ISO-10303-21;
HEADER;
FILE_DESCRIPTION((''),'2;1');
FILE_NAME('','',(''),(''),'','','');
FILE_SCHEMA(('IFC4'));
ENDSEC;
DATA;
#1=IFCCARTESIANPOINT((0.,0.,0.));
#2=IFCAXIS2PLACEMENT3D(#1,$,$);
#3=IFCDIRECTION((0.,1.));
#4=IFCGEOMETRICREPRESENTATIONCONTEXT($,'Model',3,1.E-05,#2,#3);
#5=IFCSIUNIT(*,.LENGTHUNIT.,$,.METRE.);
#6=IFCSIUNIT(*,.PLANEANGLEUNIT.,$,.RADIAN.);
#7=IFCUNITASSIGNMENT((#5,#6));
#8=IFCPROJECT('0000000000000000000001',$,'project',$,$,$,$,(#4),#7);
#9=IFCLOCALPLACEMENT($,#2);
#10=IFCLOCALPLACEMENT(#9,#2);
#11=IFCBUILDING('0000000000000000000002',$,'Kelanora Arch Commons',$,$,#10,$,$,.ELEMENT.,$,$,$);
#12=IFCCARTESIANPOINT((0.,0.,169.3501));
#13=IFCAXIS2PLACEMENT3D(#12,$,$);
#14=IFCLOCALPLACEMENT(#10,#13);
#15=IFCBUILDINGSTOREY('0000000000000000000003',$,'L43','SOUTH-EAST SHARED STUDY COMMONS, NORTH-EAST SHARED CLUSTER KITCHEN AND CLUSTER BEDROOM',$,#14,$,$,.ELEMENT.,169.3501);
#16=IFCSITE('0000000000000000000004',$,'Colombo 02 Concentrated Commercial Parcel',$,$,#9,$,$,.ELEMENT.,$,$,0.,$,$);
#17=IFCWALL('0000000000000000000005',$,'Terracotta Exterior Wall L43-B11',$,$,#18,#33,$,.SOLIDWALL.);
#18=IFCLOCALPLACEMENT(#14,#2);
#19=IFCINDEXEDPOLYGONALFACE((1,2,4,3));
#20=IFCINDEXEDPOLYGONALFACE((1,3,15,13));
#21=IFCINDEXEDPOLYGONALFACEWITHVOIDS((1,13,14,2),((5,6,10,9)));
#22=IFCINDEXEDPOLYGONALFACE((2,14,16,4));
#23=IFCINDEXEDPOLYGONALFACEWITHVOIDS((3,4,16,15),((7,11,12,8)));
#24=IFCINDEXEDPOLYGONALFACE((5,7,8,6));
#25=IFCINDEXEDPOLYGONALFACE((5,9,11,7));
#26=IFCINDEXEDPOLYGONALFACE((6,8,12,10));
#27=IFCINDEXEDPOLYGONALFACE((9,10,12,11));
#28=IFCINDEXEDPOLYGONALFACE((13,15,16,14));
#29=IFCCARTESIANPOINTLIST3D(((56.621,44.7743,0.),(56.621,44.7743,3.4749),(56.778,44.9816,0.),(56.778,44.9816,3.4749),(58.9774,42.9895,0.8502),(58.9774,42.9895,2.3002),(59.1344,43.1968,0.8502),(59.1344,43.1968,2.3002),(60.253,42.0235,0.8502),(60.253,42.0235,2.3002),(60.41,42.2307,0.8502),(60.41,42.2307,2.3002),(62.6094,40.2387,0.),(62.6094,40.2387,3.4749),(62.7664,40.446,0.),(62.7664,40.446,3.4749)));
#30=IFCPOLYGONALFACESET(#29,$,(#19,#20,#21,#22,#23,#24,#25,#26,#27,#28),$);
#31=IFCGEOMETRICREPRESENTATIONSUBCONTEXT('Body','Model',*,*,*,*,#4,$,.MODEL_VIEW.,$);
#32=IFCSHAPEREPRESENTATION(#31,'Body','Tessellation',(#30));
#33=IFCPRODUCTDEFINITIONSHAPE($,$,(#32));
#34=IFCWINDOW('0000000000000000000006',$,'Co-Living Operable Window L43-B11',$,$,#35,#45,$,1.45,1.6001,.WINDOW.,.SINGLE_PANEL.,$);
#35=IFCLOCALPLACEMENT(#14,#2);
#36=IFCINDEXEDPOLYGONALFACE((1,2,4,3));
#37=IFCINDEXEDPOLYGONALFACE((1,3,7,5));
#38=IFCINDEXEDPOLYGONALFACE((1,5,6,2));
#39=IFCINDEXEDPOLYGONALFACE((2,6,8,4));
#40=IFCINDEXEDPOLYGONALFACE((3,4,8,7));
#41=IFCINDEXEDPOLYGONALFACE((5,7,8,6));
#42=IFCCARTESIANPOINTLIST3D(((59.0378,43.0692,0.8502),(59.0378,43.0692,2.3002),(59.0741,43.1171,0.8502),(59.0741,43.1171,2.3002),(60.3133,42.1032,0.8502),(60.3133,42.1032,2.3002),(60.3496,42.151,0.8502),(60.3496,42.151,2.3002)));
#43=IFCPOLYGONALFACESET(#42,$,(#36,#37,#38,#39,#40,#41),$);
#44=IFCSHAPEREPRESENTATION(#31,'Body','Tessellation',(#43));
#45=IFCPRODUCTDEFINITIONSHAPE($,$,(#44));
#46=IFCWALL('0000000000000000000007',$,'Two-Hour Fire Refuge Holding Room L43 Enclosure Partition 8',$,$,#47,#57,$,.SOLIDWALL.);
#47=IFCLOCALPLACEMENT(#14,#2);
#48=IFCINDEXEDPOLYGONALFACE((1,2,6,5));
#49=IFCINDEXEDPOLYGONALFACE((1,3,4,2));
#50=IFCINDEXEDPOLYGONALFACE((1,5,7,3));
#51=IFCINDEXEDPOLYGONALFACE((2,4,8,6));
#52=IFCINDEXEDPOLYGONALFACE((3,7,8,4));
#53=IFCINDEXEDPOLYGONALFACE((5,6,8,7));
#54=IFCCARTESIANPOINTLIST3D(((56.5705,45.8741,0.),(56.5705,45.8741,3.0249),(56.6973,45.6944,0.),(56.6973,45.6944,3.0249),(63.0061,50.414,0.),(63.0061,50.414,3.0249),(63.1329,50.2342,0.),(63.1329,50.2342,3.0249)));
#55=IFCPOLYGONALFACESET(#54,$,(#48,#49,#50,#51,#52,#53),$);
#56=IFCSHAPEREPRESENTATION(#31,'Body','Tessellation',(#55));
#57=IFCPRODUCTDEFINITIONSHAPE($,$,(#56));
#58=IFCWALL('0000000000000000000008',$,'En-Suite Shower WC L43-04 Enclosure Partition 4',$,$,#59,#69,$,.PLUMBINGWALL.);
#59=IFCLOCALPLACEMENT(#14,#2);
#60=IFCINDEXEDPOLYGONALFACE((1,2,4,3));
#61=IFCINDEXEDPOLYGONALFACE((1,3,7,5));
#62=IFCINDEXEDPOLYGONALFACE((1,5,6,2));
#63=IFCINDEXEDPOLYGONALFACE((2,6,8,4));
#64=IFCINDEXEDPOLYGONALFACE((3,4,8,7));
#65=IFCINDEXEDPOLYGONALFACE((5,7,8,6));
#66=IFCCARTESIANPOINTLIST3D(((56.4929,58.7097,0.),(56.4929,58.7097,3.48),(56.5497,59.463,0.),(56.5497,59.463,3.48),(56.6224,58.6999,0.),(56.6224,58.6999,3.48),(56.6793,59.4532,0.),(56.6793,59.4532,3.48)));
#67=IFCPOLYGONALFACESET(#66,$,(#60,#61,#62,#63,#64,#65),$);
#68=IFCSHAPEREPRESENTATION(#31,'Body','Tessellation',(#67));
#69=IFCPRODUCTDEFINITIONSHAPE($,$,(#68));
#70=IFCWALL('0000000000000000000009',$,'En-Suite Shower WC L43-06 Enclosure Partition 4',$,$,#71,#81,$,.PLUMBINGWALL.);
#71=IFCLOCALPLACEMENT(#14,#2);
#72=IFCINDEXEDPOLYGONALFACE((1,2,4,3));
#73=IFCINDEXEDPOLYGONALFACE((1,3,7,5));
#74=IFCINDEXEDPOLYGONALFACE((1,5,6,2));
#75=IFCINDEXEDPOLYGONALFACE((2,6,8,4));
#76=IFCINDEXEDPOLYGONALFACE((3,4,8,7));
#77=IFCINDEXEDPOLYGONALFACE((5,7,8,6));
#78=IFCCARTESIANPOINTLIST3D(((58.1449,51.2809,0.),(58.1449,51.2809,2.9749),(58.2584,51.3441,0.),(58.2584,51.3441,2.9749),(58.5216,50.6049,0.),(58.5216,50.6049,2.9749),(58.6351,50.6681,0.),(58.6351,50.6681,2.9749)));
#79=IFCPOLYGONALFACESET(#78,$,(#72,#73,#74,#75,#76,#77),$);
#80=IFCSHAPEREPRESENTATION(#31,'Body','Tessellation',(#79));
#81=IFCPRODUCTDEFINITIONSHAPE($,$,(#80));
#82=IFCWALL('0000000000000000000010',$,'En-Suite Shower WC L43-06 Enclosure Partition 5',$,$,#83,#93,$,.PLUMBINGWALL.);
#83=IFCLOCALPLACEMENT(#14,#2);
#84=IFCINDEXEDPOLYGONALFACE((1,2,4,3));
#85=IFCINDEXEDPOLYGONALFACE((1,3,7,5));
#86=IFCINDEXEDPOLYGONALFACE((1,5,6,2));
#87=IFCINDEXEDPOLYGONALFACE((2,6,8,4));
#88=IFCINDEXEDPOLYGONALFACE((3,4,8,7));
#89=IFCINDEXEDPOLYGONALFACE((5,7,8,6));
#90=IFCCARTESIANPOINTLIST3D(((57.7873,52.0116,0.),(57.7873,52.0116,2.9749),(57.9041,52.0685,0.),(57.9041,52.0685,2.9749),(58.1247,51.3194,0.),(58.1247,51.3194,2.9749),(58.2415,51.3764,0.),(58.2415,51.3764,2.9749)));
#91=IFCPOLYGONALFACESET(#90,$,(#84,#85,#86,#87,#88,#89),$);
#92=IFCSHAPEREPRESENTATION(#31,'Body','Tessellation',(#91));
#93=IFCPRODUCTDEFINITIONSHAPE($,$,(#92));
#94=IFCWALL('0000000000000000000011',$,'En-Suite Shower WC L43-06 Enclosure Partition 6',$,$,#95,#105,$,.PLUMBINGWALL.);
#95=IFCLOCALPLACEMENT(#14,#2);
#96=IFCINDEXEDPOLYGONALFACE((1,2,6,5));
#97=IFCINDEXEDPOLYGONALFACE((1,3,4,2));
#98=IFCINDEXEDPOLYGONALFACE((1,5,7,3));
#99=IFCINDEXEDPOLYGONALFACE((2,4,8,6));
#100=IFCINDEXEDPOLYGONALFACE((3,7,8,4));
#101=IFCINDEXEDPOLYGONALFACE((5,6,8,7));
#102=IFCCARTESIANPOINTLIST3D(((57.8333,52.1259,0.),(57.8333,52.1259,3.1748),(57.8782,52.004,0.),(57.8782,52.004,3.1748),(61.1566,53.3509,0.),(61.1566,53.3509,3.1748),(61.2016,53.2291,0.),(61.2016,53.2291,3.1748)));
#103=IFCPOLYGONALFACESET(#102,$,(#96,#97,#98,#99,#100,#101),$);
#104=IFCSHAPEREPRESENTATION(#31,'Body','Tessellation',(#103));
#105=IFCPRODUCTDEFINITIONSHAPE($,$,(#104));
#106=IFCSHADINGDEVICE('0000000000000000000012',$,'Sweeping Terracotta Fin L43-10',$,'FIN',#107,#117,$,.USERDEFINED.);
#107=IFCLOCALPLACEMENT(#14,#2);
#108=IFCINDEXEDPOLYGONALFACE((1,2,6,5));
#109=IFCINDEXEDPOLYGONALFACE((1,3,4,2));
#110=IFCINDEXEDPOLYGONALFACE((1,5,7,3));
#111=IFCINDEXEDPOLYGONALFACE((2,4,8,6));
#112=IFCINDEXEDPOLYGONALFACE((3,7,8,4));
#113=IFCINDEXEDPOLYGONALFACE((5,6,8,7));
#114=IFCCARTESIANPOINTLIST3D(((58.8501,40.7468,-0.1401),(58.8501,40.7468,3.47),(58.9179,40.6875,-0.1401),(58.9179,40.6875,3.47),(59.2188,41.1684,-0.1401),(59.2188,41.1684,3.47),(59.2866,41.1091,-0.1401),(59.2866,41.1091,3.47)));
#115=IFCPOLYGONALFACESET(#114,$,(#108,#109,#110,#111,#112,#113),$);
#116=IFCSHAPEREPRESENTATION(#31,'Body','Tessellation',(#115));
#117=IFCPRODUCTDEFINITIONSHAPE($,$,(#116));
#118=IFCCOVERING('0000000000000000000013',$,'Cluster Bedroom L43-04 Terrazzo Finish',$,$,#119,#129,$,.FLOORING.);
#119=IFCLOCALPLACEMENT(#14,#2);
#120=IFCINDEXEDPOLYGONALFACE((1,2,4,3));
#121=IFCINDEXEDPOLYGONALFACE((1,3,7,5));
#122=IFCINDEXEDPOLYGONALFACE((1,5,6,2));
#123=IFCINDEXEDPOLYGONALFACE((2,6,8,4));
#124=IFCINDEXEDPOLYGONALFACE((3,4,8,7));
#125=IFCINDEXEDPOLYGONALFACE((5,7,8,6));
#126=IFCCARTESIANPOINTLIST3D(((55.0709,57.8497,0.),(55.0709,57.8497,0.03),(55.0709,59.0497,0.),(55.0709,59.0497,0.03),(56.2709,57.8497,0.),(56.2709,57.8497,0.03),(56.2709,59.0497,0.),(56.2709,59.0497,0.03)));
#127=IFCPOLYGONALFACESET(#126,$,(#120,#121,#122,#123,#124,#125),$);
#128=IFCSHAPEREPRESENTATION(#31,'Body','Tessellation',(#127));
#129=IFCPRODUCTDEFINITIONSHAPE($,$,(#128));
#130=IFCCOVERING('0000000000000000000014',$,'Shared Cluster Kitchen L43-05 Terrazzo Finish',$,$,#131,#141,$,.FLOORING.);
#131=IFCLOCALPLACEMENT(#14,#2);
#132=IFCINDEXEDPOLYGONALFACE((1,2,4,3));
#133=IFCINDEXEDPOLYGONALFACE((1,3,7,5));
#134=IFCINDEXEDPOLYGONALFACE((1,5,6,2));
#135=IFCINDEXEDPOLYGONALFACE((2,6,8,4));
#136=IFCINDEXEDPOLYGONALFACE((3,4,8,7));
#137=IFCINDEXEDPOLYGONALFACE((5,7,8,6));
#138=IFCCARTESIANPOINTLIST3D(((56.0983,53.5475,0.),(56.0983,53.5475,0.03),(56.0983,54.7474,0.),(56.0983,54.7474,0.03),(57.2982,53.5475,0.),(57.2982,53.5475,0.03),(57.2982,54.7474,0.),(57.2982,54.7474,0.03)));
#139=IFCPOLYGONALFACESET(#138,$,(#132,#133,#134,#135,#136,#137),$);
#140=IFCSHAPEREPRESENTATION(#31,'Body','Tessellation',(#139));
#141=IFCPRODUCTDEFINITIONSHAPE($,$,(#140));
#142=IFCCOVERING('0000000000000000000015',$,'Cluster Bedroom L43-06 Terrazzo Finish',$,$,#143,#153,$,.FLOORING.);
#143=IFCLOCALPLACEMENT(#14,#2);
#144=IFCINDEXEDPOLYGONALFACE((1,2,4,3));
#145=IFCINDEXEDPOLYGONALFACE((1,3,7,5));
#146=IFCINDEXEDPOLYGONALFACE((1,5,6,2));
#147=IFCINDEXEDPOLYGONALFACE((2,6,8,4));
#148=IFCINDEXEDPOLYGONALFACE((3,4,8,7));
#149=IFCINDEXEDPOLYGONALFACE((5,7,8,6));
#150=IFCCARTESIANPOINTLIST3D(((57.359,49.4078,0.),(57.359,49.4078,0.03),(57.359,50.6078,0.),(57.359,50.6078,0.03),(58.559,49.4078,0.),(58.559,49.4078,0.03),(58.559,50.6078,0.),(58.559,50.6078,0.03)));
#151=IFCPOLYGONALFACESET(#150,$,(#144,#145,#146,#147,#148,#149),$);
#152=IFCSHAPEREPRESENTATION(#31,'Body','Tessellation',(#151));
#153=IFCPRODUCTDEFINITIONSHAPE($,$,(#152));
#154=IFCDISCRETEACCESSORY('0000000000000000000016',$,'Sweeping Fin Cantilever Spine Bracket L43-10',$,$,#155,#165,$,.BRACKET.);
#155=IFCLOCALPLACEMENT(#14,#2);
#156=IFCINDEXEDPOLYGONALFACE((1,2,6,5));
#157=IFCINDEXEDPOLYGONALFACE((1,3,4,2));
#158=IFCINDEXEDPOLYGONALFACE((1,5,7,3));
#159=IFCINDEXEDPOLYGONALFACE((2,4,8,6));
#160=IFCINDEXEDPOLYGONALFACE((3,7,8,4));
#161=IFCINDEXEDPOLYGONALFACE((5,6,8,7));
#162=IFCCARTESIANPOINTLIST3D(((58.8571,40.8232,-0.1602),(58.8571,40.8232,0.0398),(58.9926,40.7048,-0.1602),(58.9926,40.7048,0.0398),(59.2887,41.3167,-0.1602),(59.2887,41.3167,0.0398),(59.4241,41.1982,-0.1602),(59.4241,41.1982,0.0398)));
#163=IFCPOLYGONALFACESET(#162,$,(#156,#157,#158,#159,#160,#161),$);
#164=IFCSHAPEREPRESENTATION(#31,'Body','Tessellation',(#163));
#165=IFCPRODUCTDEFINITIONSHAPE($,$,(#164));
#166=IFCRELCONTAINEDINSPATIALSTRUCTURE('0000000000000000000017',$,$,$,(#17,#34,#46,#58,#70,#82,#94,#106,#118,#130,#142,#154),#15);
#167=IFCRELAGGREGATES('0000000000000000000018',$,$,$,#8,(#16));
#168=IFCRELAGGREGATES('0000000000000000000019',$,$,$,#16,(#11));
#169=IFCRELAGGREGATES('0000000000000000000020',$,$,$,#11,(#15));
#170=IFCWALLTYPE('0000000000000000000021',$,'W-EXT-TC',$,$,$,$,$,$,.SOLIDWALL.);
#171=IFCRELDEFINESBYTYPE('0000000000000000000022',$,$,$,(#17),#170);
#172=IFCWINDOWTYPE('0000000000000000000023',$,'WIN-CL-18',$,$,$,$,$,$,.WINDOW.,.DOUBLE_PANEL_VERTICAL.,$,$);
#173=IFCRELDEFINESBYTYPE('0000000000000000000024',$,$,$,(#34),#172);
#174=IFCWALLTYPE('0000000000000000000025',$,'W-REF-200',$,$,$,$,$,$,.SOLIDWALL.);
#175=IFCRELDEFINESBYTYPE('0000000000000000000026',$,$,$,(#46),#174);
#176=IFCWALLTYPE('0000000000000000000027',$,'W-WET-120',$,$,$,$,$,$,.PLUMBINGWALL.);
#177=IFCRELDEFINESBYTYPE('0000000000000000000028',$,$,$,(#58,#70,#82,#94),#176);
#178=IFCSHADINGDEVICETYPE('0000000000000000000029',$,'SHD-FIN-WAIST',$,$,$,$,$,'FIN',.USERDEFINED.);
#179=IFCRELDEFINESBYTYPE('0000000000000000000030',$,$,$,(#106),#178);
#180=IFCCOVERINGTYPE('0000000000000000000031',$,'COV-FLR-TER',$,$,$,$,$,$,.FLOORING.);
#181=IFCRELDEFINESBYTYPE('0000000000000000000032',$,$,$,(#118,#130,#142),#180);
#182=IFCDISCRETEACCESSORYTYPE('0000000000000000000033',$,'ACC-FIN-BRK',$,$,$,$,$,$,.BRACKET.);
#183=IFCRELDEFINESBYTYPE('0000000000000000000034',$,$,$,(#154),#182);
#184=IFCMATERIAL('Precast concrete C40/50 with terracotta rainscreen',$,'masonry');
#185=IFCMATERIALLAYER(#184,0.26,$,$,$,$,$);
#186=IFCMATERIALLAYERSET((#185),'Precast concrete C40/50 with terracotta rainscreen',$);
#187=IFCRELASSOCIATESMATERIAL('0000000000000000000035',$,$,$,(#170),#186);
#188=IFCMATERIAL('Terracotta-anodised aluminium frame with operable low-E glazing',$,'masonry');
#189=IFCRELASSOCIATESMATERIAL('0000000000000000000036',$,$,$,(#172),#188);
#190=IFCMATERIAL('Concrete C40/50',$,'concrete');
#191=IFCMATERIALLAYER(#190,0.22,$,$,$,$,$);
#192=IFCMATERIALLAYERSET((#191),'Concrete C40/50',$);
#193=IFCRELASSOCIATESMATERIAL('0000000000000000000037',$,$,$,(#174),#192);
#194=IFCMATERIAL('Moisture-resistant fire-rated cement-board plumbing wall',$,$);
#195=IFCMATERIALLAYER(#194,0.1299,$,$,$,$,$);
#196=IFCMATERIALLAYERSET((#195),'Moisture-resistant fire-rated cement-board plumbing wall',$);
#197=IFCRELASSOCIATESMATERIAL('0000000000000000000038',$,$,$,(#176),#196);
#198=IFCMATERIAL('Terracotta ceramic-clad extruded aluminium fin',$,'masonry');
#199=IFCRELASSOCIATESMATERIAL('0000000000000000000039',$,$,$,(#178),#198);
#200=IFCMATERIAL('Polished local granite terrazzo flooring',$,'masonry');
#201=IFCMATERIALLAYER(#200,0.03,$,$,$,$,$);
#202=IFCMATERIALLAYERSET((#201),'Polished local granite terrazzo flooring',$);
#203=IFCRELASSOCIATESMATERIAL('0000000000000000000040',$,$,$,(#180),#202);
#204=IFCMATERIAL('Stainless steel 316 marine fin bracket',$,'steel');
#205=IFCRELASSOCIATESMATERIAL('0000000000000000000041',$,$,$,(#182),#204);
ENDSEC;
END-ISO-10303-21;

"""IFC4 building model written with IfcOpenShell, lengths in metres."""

from ifc_helpers import new_model, si_unit, direction, frame, frame_2d, origin, origin_2d, place, context, subcontext, project, spatial, rectangle, extrude, source, transform, mapped, material, layer, layer_set, type_object, element, fill, save


model = new_model("IFC4")

# Units and contexts
model_context = context("Model", 3, precision=1e-05, world=origin(), true_north=direction((0.0, 1.0)))
body_context = subcontext(model_context, "Body", "Model", "MODEL_VIEW")
ifc_project = project(units=[si_unit("LENGTHUNIT", "METRE"), si_unit("PLANEANGLEUNIT", "RADIAN")], contexts=[model_context])

# Site, building, storey
site_placement = place(None, origin())
site = spatial("IfcSite", under=ifc_project, at=site_placement, Name="Colombo 02 Concentrated Commercial Parcel", CompositionType="ELEMENT", RefElevation=0.0)
building_placement = place(site_placement, origin())
building = spatial("IfcBuilding", under=site, at=building_placement, Name="Kelanora Arch Commons", CompositionType="ELEMENT")
storey_placement = place(building_placement, frame((0.0, 0.0, 169.3501)))
storey = spatial("IfcBuildingStorey", under=building, at=storey_placement, Name="L43", Description="SOUTH-EAST SHARED STUDY COMMONS, NORTH-EAST SHARED CLUSTER KITCHEN AND CLUSTER BEDROOM", CompositionType="ELEMENT", Elevation=169.3501)

# Wall, opening, window
ifc_material_1 = material(Name="Precast concrete C40/50 with terracotta rainscreen", Category="masonry")
ifc_layer_1 = layer(ifc_material_1, 0.26)
ifc_layer_set_1 = layer_set([ifc_layer_1], Name="Precast concrete C40/50 with terracotta rainscreen")
wall_type_1 = type_object("IfcWallType", Name="W-EXT-TC", PredefinedType="SOLIDWALL", material=ifc_layer_set_1)
wall_1_placement = place(storey_placement, frame((56.6995, 44.8779, 0.0), z_axis=(0.0, 0.0, 1.0), x_axis=(0.797164, -0.603763, 0.0)))
wall_1 = element("IfcWall", 1, at=wall_1_placement, inside=storey, type_object=wall_type_1, Name="Terracotta Exterior Wall L43-B11", PredefinedType="SOLIDWALL", context=body_context, shape_type="SweptSolid", body=[
    extrude(rectangle(XDim=7.5122, YDim=0.26, at=frame_2d((3.7561, 0.0))), origin(), (0.0, 0.0, 1.0), 3.4749),
])
opening_placement = place(wall_1_placement, frame((2.9561, 0.0, 0.8501)))
opening = element("IfcOpeningElement", 2, at=opening_placement, cuts=wall_1, PredefinedType="OPENING", context=body_context, shape_type="SweptSolid", body=[
    extrude(rectangle(XDim=1.6001, YDim=1.45, at=frame_2d((0.8, 0.7251))), frame((0.0, 0.1401, 0.0), z_axis=(0.0, -1.0, 0.0), x_axis=(1.0, 0.0, 0.0)), (0.0, 0.0, 1.0), 0.28),
])
ifc_material_2 = material(Name="Terracotta-anodised aluminium frame with operable low-E glazing", Category="masonry")
window_type = type_object("IfcWindowType", Name="WIN-CL-18", PartitioningType="DOUBLE_PANEL_VERTICAL", PredefinedType="WINDOW", material=ifc_material_2)
window_placement = place(opening_placement, origin())
window = element("IfcWindow", 3, at=window_placement, inside=storey, type_object=window_type, Name="Co-Living Operable Window L43-B11", OverallHeight=1.45, OverallWidth=1.6001, PartitioningType="SINGLE_PANEL", PredefinedType="WINDOW", context=body_context, shape_type="SweptSolid", body=[
    extrude(rectangle(XDim=1.6001, YDim=1.45, at=frame_2d((0.8, 0.7251))), frame((0.0, 0.03, 0.0), z_axis=(0.0, -1.0, 0.0), x_axis=(1.0, 0.0, 0.0)), (0.0, 0.0, 1.0), 0.0601),
])
fill(opening, window)

# Walls
ifc_material_3 = material(Name="Concrete C40/50", Category="concrete")
ifc_layer_2 = layer(ifc_material_3, 0.22)
ifc_layer_set_2 = layer_set([ifc_layer_2], Name="Concrete C40/50")
wall_type_2 = type_object("IfcWallType", Name="W-REF-200", PredefinedType="SOLIDWALL", material=ifc_layer_set_2)
wall_2_placement = place(storey_placement, frame((56.6338, 45.7842, 0.0), z_axis=(0.0, 0.0, 1.0), x_axis=(0.817144, 0.576434, 0.0)))
element("IfcWall", 4, at=wall_2_placement, inside=storey, type_object=wall_type_2, Name="Two-Hour Fire Refuge Holding Room L43 Enclosure Partition 8", PredefinedType="SOLIDWALL", context=body_context, shape_type="SweptSolid", body=[
    extrude(rectangle(XDim=7.8757, YDim=0.22, at=frame_2d((3.938, 0.0))), origin(), (0.0, 0.0, 1.0), 3.0249),
])
ifc_material_4 = material(Name="Moisture-resistant fire-rated cement-board plumbing wall")
ifc_layer_3 = layer(ifc_material_4, 0.1299)
ifc_layer_set_3 = layer_set([ifc_layer_3], Name="Moisture-resistant fire-rated cement-board plumbing wall")
wall_type_3 = type_object("IfcWallType", Name="W-WET-120", PredefinedType="PLUMBINGWALL", material=ifc_layer_set_3)
wall_3_placement = place(storey_placement, frame((56.5576, 58.7048, 0.0), z_axis=(0.0, 0.0, 1.0), x_axis=(0.075312, 0.99716, 0.0)))
element("IfcWall", 5, at=wall_3_placement, inside=storey, type_object=wall_type_3, Name="En-Suite Shower WC L43-04 Enclosure Partition 4", PredefinedType="PLUMBINGWALL", context=body_context, shape_type="SweptSolid", body=[
    extrude(rectangle(XDim=0.7554, YDim=0.1299, at=frame_2d((0.3777, 0.0))), origin(), (0.0, 0.0, 1.0), 3.48),
])
wall_4_placement = place(storey_placement, frame((58.5784, 50.6365, 0.0), z_axis=(0.0, 0.0, 1.0), x_axis=(-0.486768, 0.873532, 0.0)))
element("IfcWall", 6, at=wall_4_placement, inside=storey, type_object=wall_type_3, Name="En-Suite Shower WC L43-06 Enclosure Partition 4", PredefinedType="PLUMBINGWALL", context=body_context, shape_type="SweptSolid", body=[
    extrude(rectangle(XDim=0.7739, YDim=0.1299, at=frame_2d((0.387, 0.0))), origin(), (0.0, 0.0, 1.0), 2.9749),
])
wall_5_placement = place(storey_placement, frame((58.1831, 51.3479, 0.0), z_axis=(0.0, 0.0, 1.0), x_axis=(-0.438186, 0.898884, 0.0)))
element("IfcWall", 7, at=wall_5_placement, inside=storey, type_object=wall_type_3, Name="En-Suite Shower WC L43-06 Enclosure Partition 5", PredefinedType="PLUMBINGWALL", context=body_context, shape_type="SweptSolid", body=[
    extrude(rectangle(XDim=0.77, YDim=0.1299, at=frame_2d((0.385, 0.0))), origin(), (0.0, 0.0, 1.0), 2.9749),
])
wall_6_placement = place(storey_placement, frame((57.8557, 52.0649, 0.0), z_axis=(0.0, 0.0, 1.0), x_axis=(0.938283, 0.345868, 0.0)))
element("IfcWall", 8, at=wall_6_placement, inside=storey, type_object=wall_type_3, Name="En-Suite Shower WC L43-06 Enclosure Partition 6", PredefinedType="PLUMBINGWALL", context=body_context, shape_type="SweptSolid", body=[
    extrude(rectangle(XDim=3.542, YDim=0.1299, at=frame_2d((1.771, 0.0))), origin(), (0.0, 0.0, 1.0), 3.1748),
])

# Shading device
ifc_material_5 = material(Name="Terracotta ceramic-clad extruded aluminium fin", Category="masonry")
shading_device_type = type_object("IfcShadingDeviceType", Name="SHD-FIN-WAIST", ElementType="FIN", PredefinedType="USERDEFINED", material=ifc_material_5)
shared_shape_1 = source(origin(), body_context, "Body", "SweptSolid", [
    extrude(rectangle(XDim=0.5601, YDim=0.0901, at=origin_2d()), origin(), (0.0, 0.0, 1.0), 3.6101),
])
shading_device_placement = place(storey_placement, frame((59.0684, 40.928, -0.1401), z_axis=(0.0, 0.0, 1.0), x_axis=(-0.658295, -0.75276, 0.0)))
element("IfcShadingDevice", 9, at=shading_device_placement, inside=storey, type_object=shading_device_type, Name="Sweeping Terracotta Fin L43-10", ObjectType="FIN", PredefinedType="USERDEFINED", context=body_context, shape_type="MappedRepresentation", body=[
    mapped(shared_shape_1, transform((0.0, 0.0, 0.0), scale=1.0)),
])

# Coverings
ifc_material_6 = material(Name="Polished local granite terrazzo flooring", Category="masonry")
ifc_layer_4 = layer(ifc_material_6, 0.03)
ifc_layer_set_4 = layer_set([ifc_layer_4], Name="Polished local granite terrazzo flooring")
covering_type = type_object("IfcCoveringType", Name="COV-FLR-TER", PredefinedType="FLOORING", material=ifc_layer_set_4)
shared_shape_2 = source(origin(), body_context, "Body", "SweptSolid", [
    extrude(rectangle(XDim=1.2, YDim=1.2, at=origin_2d()), origin(), (0.0, 0.0, 1.0), 0.03),
])
for number, where, z_axis, x_axis, name in (
    (10, (55.6709, 58.4497, 0.0), (0.0, 0.0, 1.0), (1.0, 0.0, 0.0), "Cluster Bedroom L43-04 Terrazzo Finish"),
    (11, (56.6982, 54.1475, 0.0), (0.0, 0.0, 1.0), (1.0, 0.0, 0.0), "Shared Cluster Kitchen L43-05 Terrazzo Finish"),
    (12, (57.959, 50.0078, 0.0), (0.0, 0.0, 1.0), (1.0, 0.0, 0.0), "Cluster Bedroom L43-06 Terrazzo Finish"),
):
    element("IfcCovering", number, at=place(storey_placement, frame(where, z_axis=z_axis, x_axis=x_axis)), inside=storey, type_object=covering_type, Name=name, PredefinedType="FLOORING", context=body_context, shape_type="MappedRepresentation", body=[
        mapped(shared_shape_2, transform((0.0, 0.0, 0.0), scale=1.0)),
    ])

# Discrete accessory
ifc_material_7 = material(Name="Stainless steel 316 marine fin bracket", Category="steel")
discrete_accessory_type = type_object("IfcDiscreteAccessoryType", Name="ACC-FIN-BRK", PredefinedType="BRACKET", material=ifc_material_7)
shared_shape_3 = source(origin(), body_context, "Body", "SweptSolid", [
    extrude(rectangle(XDim=0.6555, YDim=0.1799, at=origin_2d()), origin(), (0.0, 0.0, 1.0), 0.2),
])
discrete_accessory_placement = place(storey_placement, frame((59.1406, 41.0107, -0.1602), z_axis=(0.0, 0.0, 1.0), x_axis=(-0.658295, -0.75276, 0.0)))
element("IfcDiscreteAccessory", 13, at=discrete_accessory_placement, inside=storey, type_object=discrete_accessory_type, Name="Sweeping Fin Cantilever Spine Bracket L43-10", PredefinedType="BRACKET", context=body_context, shape_type="MappedRepresentation", body=[
    mapped(shared_shape_3, transform((0.0, 0.0, 0.0), scale=1.0)),
])

save(model, "model.ifc")
